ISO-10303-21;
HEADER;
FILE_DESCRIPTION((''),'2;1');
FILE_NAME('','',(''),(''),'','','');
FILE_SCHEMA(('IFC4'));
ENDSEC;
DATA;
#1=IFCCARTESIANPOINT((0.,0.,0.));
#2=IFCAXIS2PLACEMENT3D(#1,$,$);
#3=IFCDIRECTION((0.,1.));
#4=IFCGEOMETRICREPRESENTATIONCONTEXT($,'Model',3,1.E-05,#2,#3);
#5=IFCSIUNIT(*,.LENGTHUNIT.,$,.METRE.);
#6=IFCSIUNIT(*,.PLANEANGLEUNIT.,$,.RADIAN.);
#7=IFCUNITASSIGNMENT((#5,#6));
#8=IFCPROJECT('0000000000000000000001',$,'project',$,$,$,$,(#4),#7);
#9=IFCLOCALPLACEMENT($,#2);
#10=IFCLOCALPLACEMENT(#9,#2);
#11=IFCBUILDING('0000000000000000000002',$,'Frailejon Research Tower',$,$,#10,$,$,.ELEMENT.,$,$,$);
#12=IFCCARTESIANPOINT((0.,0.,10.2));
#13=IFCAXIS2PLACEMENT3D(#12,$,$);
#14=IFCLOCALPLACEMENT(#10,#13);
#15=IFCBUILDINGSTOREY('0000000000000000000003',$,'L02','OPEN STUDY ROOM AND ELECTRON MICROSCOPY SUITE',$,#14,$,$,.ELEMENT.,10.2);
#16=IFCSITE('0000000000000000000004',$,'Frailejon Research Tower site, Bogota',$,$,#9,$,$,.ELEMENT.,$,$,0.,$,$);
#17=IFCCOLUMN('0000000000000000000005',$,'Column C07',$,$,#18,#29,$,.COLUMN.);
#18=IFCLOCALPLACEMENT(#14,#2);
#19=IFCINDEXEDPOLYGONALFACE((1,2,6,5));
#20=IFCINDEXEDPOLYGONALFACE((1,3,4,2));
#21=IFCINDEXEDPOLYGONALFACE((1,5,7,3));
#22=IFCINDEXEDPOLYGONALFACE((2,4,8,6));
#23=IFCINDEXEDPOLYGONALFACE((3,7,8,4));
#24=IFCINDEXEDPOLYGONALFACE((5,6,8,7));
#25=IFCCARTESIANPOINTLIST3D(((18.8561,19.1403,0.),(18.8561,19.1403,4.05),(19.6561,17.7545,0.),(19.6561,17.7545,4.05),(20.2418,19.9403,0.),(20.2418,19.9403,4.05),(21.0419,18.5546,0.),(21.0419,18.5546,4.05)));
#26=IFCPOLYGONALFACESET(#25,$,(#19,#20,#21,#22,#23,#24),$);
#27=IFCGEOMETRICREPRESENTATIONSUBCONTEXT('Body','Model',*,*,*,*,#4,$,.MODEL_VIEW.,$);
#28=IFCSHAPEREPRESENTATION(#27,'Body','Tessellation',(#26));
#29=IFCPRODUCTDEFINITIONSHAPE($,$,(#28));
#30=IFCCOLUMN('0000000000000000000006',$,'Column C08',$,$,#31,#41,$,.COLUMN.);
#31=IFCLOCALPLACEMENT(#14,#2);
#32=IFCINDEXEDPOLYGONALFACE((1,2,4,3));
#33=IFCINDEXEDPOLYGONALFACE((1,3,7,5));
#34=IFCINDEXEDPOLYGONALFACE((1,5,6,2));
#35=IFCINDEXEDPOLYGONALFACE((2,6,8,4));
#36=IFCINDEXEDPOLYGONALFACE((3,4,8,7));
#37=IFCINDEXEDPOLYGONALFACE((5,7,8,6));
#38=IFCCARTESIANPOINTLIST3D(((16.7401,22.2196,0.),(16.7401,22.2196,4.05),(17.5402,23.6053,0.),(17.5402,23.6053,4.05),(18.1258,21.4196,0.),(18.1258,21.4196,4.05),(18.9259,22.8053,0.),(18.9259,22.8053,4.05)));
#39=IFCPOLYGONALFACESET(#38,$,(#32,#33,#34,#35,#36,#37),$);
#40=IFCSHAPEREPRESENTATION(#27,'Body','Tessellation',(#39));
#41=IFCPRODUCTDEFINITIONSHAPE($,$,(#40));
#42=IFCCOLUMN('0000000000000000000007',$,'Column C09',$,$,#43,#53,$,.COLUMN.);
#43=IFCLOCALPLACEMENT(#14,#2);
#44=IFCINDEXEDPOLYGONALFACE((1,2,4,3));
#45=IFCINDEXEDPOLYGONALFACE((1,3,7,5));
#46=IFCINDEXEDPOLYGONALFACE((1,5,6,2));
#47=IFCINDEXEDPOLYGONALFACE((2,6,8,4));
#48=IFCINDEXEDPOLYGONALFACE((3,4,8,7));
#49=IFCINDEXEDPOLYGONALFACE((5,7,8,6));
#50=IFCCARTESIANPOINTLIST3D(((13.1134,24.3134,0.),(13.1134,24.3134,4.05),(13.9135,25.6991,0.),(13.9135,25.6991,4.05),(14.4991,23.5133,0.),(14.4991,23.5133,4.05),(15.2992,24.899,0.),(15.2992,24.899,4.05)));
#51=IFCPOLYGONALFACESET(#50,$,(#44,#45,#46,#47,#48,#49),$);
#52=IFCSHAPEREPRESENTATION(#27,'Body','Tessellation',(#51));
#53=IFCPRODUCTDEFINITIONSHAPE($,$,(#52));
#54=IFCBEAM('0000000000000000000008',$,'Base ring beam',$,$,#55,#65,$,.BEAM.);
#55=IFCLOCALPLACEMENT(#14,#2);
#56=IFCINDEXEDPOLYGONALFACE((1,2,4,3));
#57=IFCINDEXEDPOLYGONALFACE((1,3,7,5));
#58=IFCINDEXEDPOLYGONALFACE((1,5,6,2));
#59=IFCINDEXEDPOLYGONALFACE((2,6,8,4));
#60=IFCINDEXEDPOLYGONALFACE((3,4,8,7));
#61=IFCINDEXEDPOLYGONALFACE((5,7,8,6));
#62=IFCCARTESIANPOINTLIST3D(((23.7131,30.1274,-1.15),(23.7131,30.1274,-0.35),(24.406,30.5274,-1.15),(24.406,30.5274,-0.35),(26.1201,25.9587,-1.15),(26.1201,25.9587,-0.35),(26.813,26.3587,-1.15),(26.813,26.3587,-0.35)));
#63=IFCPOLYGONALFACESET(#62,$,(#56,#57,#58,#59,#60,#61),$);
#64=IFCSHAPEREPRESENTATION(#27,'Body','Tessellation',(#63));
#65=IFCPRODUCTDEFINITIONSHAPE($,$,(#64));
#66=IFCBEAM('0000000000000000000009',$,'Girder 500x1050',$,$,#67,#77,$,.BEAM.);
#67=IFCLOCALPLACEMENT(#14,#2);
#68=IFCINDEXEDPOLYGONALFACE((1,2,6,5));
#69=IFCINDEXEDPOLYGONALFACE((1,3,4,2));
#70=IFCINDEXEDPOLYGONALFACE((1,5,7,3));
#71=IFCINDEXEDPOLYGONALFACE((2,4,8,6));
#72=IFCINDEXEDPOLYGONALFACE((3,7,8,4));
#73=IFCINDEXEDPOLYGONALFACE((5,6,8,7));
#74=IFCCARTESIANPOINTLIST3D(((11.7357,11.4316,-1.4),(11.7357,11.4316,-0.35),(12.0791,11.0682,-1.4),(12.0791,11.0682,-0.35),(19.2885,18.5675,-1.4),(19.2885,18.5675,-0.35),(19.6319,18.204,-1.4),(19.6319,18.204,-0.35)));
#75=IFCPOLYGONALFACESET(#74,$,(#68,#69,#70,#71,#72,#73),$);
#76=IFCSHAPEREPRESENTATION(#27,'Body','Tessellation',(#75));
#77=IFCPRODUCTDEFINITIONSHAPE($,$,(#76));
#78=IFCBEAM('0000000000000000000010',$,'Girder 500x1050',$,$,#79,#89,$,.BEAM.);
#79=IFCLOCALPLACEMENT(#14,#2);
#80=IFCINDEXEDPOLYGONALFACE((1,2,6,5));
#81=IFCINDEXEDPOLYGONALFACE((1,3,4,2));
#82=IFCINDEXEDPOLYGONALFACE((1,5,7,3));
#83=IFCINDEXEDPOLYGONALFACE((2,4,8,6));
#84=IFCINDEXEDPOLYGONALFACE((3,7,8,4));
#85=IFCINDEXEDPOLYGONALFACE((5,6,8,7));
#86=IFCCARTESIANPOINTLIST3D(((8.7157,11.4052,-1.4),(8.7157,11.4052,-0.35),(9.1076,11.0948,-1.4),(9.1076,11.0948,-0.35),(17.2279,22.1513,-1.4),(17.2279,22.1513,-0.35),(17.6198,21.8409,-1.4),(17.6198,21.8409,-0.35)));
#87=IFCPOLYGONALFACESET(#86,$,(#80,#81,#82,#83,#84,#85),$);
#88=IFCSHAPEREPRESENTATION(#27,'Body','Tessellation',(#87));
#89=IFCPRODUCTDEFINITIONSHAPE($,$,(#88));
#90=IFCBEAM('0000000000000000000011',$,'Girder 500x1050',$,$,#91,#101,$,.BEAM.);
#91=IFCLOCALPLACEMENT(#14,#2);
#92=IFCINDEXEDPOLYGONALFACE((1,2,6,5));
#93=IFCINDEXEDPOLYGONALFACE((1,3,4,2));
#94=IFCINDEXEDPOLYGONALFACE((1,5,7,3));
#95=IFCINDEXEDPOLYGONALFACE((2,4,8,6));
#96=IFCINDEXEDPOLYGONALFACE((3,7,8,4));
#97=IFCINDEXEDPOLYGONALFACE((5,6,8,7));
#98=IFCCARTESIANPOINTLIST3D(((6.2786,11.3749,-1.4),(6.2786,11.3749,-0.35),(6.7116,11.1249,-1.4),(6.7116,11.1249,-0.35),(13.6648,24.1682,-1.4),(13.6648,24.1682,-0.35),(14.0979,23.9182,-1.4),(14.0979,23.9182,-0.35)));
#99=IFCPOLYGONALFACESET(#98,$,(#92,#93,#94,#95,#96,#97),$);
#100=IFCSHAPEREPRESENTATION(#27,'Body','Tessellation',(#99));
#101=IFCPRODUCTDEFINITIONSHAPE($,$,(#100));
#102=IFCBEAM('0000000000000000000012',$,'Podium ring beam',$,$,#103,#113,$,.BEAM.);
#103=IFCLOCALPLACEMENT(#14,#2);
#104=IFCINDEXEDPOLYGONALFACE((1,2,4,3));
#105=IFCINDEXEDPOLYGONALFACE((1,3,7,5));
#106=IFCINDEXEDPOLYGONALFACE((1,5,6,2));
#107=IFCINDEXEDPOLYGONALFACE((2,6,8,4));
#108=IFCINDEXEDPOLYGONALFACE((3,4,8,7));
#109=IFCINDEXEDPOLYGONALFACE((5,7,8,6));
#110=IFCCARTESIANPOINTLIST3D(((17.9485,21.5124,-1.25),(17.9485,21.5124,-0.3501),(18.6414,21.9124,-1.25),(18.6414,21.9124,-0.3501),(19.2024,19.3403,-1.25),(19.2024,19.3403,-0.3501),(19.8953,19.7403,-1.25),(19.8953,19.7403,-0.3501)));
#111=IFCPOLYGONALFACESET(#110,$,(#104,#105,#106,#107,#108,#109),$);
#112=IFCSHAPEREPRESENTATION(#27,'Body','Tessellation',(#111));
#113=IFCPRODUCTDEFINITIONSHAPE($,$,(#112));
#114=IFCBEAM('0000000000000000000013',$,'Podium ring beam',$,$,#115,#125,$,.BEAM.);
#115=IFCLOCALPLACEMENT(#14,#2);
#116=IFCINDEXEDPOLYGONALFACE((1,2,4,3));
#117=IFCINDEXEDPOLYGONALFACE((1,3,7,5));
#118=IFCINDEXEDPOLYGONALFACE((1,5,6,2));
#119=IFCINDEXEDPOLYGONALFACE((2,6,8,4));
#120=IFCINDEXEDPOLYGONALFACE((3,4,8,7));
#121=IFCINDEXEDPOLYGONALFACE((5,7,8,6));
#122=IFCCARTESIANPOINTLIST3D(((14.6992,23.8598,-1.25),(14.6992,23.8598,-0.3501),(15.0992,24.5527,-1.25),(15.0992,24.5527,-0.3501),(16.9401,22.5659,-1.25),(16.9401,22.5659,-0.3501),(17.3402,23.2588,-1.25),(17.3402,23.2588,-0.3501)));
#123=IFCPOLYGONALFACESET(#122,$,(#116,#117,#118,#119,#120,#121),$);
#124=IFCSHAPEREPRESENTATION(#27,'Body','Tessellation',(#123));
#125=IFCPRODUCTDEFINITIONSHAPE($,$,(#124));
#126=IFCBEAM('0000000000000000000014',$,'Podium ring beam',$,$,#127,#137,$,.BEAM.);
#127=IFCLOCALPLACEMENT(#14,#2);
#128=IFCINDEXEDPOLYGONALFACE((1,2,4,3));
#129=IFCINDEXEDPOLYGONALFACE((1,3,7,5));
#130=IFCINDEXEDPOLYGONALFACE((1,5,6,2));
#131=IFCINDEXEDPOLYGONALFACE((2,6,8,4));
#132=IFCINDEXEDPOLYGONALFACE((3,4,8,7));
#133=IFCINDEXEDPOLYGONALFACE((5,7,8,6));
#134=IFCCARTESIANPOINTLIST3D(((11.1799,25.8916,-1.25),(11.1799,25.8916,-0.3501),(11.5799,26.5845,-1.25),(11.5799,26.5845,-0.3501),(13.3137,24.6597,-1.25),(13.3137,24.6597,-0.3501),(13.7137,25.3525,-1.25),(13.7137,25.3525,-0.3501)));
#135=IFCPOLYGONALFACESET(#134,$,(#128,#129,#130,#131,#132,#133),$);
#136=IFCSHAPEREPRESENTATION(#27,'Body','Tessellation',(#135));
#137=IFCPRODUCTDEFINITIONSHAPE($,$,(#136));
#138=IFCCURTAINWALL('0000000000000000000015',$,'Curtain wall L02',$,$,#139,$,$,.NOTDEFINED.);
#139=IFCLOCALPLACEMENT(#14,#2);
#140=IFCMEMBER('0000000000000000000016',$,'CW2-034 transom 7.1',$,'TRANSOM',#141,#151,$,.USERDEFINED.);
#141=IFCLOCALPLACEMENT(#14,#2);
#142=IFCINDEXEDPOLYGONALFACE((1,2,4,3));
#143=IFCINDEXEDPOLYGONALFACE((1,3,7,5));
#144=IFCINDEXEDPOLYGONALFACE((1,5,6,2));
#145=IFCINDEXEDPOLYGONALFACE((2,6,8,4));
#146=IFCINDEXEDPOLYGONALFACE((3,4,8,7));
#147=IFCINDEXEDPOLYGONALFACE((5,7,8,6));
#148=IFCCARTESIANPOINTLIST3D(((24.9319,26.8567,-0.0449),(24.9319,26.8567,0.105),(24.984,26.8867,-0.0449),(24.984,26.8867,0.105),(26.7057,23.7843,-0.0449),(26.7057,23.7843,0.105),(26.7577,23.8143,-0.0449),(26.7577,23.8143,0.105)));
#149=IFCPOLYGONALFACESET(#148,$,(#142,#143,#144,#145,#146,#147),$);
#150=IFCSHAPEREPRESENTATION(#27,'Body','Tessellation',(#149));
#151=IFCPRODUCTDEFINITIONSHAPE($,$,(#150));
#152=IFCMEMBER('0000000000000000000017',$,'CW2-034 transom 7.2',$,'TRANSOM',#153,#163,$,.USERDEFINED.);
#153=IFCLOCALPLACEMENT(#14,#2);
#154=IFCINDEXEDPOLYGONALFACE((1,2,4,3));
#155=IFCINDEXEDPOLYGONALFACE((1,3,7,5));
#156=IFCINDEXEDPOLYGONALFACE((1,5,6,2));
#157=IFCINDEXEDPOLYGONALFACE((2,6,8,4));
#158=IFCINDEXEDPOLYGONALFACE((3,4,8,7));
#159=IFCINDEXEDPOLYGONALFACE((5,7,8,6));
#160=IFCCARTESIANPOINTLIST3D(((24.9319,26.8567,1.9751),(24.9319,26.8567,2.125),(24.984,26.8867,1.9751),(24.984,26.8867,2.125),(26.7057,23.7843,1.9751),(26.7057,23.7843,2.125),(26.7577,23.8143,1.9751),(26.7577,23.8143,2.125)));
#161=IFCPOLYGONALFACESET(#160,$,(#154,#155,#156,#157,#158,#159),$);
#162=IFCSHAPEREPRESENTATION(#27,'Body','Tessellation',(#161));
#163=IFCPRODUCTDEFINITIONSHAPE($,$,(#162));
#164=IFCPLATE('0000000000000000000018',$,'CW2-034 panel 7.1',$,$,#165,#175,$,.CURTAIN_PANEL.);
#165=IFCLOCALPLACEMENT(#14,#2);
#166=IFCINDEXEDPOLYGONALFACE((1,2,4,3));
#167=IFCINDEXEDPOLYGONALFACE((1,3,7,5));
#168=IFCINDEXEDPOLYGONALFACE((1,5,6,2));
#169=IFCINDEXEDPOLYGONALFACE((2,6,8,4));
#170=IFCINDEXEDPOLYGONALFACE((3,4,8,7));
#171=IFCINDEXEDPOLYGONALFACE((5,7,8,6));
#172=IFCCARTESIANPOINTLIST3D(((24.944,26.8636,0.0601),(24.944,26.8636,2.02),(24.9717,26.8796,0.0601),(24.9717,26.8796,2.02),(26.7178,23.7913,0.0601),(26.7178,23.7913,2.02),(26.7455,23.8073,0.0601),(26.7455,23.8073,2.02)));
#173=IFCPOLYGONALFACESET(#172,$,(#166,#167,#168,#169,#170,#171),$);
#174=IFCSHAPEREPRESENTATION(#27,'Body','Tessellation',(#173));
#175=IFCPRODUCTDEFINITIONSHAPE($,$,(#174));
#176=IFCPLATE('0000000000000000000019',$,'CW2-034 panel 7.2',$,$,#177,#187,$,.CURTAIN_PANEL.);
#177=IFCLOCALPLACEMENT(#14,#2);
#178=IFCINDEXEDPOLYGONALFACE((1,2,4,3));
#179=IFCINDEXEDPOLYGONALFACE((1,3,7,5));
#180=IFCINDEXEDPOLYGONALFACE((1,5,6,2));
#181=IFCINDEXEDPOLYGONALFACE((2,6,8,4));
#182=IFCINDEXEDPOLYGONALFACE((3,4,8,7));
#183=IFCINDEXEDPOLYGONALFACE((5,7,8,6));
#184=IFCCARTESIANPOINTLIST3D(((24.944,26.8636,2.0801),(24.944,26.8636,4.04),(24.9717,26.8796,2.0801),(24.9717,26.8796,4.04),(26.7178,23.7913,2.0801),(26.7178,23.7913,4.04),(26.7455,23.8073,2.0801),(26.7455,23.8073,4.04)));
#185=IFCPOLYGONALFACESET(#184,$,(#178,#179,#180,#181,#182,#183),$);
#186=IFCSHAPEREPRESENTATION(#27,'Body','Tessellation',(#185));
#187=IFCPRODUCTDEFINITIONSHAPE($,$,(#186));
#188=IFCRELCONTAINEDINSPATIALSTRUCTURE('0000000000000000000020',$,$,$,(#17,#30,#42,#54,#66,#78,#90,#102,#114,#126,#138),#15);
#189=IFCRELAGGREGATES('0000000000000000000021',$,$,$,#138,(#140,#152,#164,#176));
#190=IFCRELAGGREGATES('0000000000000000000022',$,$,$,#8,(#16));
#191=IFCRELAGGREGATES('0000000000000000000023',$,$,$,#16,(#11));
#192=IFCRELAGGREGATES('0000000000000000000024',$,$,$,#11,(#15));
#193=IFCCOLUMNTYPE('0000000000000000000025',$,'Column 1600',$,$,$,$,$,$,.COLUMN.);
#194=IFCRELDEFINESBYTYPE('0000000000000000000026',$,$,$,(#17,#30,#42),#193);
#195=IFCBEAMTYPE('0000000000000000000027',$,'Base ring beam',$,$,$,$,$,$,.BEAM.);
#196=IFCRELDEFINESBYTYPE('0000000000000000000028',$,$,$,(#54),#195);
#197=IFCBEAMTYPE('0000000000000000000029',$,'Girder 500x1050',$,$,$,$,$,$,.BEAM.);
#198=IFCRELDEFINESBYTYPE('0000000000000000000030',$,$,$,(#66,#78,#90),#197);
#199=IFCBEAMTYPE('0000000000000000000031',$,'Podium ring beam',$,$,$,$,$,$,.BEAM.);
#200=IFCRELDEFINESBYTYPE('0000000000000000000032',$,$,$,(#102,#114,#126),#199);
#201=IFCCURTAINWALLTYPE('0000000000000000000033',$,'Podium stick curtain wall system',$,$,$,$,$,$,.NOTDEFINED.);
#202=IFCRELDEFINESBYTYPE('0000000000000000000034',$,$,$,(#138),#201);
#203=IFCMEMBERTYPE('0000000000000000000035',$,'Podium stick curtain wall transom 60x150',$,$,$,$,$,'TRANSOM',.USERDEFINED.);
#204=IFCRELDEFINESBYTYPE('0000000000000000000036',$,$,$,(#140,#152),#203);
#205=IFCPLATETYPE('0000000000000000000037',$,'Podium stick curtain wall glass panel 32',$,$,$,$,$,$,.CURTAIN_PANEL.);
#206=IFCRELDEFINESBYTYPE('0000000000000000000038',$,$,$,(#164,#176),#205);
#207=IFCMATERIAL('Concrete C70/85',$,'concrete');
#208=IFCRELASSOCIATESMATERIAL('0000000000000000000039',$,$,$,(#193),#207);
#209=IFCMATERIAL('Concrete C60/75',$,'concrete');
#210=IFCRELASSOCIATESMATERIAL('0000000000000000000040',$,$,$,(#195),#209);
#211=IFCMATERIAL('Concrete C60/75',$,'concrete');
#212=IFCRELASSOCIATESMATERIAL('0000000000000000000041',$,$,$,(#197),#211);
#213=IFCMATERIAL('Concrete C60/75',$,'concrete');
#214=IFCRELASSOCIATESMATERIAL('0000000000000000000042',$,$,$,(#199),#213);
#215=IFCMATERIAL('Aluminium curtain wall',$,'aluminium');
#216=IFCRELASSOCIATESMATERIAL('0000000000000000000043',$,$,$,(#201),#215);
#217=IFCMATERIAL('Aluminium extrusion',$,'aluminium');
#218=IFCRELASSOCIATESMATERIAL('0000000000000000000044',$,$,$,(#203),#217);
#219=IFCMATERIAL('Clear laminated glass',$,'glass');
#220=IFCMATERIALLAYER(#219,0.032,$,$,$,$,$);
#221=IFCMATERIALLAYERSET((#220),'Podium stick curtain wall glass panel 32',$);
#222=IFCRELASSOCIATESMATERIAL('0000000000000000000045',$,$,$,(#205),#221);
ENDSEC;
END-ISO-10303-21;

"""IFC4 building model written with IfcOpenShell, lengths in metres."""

from ifc_helpers import new_model, si_unit, direction, frame, origin, origin_2d, place, context, subcontext, project, spatial, rectangle, extrude, material, layer, layer_set, material_profile, profile_set, type_object, element, aggregate, save


model = new_model("IFC4")

# Units and contexts
model_context = context("Model", 3, precision=1e-05, world=origin(), true_north=direction((0.0, 1.0)))
body_context = subcontext(model_context, "Body", "Model", "MODEL_VIEW")
ifc_project = project(units=[si_unit("LENGTHUNIT", "METRE"), si_unit("PLANEANGLEUNIT", "RADIAN")], contexts=[model_context])

# Site, building, storey
site_placement = place(None, origin())
site = spatial("IfcSite", under=ifc_project, at=site_placement, Name="Frailejon Research Tower site, Bogota", CompositionType="ELEMENT", RefElevation=0.0)
building_placement = place(site_placement, origin())
building = spatial("IfcBuilding", under=site, at=building_placement, Name="Frailejon Research Tower", CompositionType="ELEMENT")
storey_placement = place(building_placement, frame((0.0, 0.0, 10.2)))
storey = spatial("IfcBuildingStorey", under=building, at=storey_placement, Name="L02", Description="OPEN STUDY ROOM AND ELECTRON MICROSCOPY SUITE", CompositionType="ELEMENT", Elevation=10.2)

# Columns
ifc_material_1 = material(Name="Concrete C70/85", Category="concrete")
ifc_material_profile_1 = material_profile(ifc_material_1, rectangle(XDim=1.6001, YDim=1.6001, at=origin_2d()), Name="Column 1600")
ifc_profile_set_1 = profile_set([ifc_material_profile_1], Name="Concrete C70/85")
column_type = type_object("IfcColumnType", Name="Column 1600", PredefinedType="COLUMN", material=ifc_profile_set_1)
for number, where, z_axis, x_axis, name in (
    (1, (19.949, 18.8474, 0.0), (0.0, 0.0, 1.0), (-0.5, 0.866025, 0.0), "Column C07"),
    (2, (17.833, 22.5125, 0.0), (0.0, 0.0, 1.0), (-0.866025, 0.5, 0.0), "Column C08"),
    (3, (14.2063, 24.6062, 0.0), (0.0, 0.0, 1.0), (-0.866025, 0.5, 0.0), "Column C09"),
):
    element("IfcColumn", number, at=place(storey_placement, frame(where, z_axis=z_axis, x_axis=x_axis)), inside=storey, type_object=column_type, Name=name, PredefinedType="COLUMN", context=body_context, shape_type="SweptSolid", body=[
        extrude(rectangle(XDim=1.6001, YDim=1.6001, at=origin_2d()), origin(), (0.0, 0.0, 1.0), 4.05),
    ])

# Beams
ifc_material_2 = material(Name="Concrete C60/75", Category="concrete")
ifc_material_profile_2 = material_profile(ifc_material_2, rectangle(XDim=0.8, YDim=0.8, at=origin_2d()), Name="Base ring beam")
ifc_profile_set_2 = profile_set([ifc_material_profile_2], Name="Concrete C60/75")
beam_type_1 = type_object("IfcBeamType", Name="Base ring beam", PredefinedType="BEAM", material=ifc_profile_set_2)
beam_1_placement = place(storey_placement, frame((26.4666, 26.1587, -0.75), z_axis=(-0.500028, 0.866009, 0.0), x_axis=(-0.866009, -0.500028, 0.0)))
element("IfcBeam", 4, at=beam_1_placement, inside=storey, type_object=beam_type_1, Name="Base ring beam", PredefinedType="BEAM", context=body_context, shape_type="SweptSolid", body=[
    extrude(rectangle(XDim=0.8, YDim=0.8, at=origin_2d()), origin(), (0.0, 0.0, 1.0), 4.8137),
])
ifc_material_3 = material(Name="Concrete C60/75", Category="concrete")
ifc_material_profile_3 = material_profile(ifc_material_3, rectangle(XDim=0.5, YDim=1.05, at=origin_2d()), Name="Girder 500x1050")
ifc_profile_set_3 = profile_set([ifc_material_profile_3], Name="Concrete C60/75")
beam_type_2 = type_object("IfcBeamType", Name="Girder 500x1050", PredefinedType="BEAM", material=ifc_profile_set_3)
beam_2_placement = place(storey_placement, frame((19.4602, 18.3857, -0.875), z_axis=(-0.726888, -0.686756, 0.0), x_axis=(0.686756, -0.726888, 0.0)))
element("IfcBeam", 5, at=beam_2_placement, inside=storey, type_object=beam_type_2, Name="Girder 500x1050", PredefinedType="BEAM", context=body_context, shape_type="SweptSolid", body=[
    extrude(rectangle(XDim=0.5, YDim=1.05, at=origin_2d()), origin(), (0.0, 0.0, 1.0), 10.3906),
])
beam_3_placement = place(storey_placement, frame((17.4238, 21.9961, -0.875), z_axis=(-0.620922, -0.783872, 0.0), x_axis=(0.783872, -0.620922, 0.0)))
element("IfcBeam", 6, at=beam_3_placement, inside=storey, type_object=beam_type_2, Name="Girder 500x1050", PredefinedType="BEAM", context=body_context, shape_type="SweptSolid", body=[
    extrude(rectangle(XDim=0.5, YDim=1.05, at=origin_2d()), origin(), (0.0, 0.0, 1.0), 13.709),
])
beam_4_placement = place(storey_placement, frame((13.8813, 24.0432, -0.875), z_axis=(-0.500003, -0.866023, 0.0), x_axis=(0.866023, -0.500003, 0.0)))
element("IfcBeam", 7, at=beam_4_placement, inside=storey, type_object=beam_type_2, Name="Girder 500x1050", PredefinedType="BEAM", context=body_context, shape_type="SweptSolid", body=[
    extrude(rectangle(XDim=0.5, YDim=1.05, at=origin_2d()), origin(), (0.0, 0.0, 1.0), 14.7725),
])
ifc_material_4 = material(Name="Concrete C60/75", Category="concrete")
ifc_material_profile_4 = material_profile(ifc_material_4, rectangle(XDim=0.8, YDim=0.8999, at=origin_2d()), Name="Podium ring beam")
ifc_profile_set_4 = profile_set([ifc_material_profile_4], Name="Concrete C60/75")
beam_type_3 = type_object("IfcBeamType", Name="Podium ring beam", PredefinedType="BEAM", material=ifc_profile_set_4)
beam_5_placement = place(storey_placement, frame((19.5488, 19.5403, -0.8), z_axis=(-0.49995, 0.866054, 0.0), x_axis=(-0.866054, -0.49995, 0.0)))
element("IfcBeam", 8, at=beam_5_placement, inside=storey, type_object=beam_type_3, Name="Podium ring beam", PredefinedType="BEAM", context=body_context, shape_type="SweptSolid", body=[
    extrude(rectangle(XDim=0.8, YDim=0.8999, at=origin_2d()), origin(), (0.0, 0.0, 1.0), 2.5081),
])
beam_6_placement = place(storey_placement, frame((17.1401, 22.9124, -0.8), z_axis=(-0.866005, 0.500036, 0.0), x_axis=(-0.500036, -0.866005, 0.0)))
element("IfcBeam", 9, at=beam_6_placement, inside=storey, type_object=beam_type_3, Name="Podium ring beam", PredefinedType="BEAM", context=body_context, shape_type="SweptSolid", body=[
    extrude(rectangle(XDim=0.8, YDim=0.8999, at=origin_2d()), origin(), (0.0, 0.0, 1.0), 2.5876),
])
beam_7_placement = place(storey_placement, frame((13.5137, 25.0061, -0.8), z_axis=(-0.866027, 0.499997, 0.0), x_axis=(-0.499997, -0.866027, 0.0)))
element("IfcBeam", 10, at=beam_7_placement, inside=storey, type_object=beam_type_3, Name="Podium ring beam", PredefinedType="BEAM", context=body_context, shape_type="SweptSolid", body=[
    extrude(rectangle(XDim=0.8, YDim=0.8999, at=origin_2d()), origin(), (0.0, 0.0, 1.0), 2.4639),
])

# Curtain wall, members, plates
ifc_material_5 = material(Name="Aluminium curtain wall", Category="aluminium")
curtain_wall_type = type_object("IfcCurtainWallType", Name="Podium stick curtain wall system", PredefinedType="NOTDEFINED", material=ifc_material_5)
curtain_wall_placement = place(storey_placement, origin())
curtain_wall = element("IfcCurtainWall", 11, at=curtain_wall_placement, inside=storey, type_object=curtain_wall_type, Name="Curtain wall L02", PredefinedType="NOTDEFINED")
ifc_material_6 = material(Name="Aluminium extrusion", Category="aluminium")
ifc_material_profile_5 = material_profile(ifc_material_6, rectangle(XDim=0.0601, YDim=0.1499, at=origin_2d()), Name="Podium stick curtain wall transom 60x150")
ifc_profile_set_5 = profile_set([ifc_material_profile_5], Name="Aluminium extrusion")
member_type = type_object("IfcMemberType", Name="Podium stick curtain wall transom 60x150", ElementType="TRANSOM", PredefinedType="USERDEFINED", material=ifc_profile_set_5)
member_1_placement = place(storey_placement, frame((26.7317, 23.7993, 0.03), z_axis=(-0.499981, 0.866037, 0.0), x_axis=(-0.866037, -0.499981, 0.0)))
member_1 = element("IfcMember", 12, at=member_1_placement, type_object=member_type, Name="CW2-034 transom 7.1", ObjectType="TRANSOM", PredefinedType="USERDEFINED", context=body_context, shape_type="SweptSolid", body=[
    extrude(rectangle(XDim=0.0601, YDim=0.1499, at=origin_2d()), origin(), (0.0, 0.0, 1.0), 3.5476),
])
member_2_placement = place(storey_placement, frame((26.7317, 23.7993, 2.05), z_axis=(-0.499981, 0.866037, 0.0), x_axis=(-0.866037, -0.499981, 0.0)))
member_2 = element("IfcMember", 13, at=member_2_placement, type_object=member_type, Name="CW2-034 transom 7.2", ObjectType="TRANSOM", PredefinedType="USERDEFINED", context=body_context, shape_type="SweptSolid", body=[
    extrude(rectangle(XDim=0.0601, YDim=0.1499, at=origin_2d()), origin(), (0.0, 0.0, 1.0), 3.5476),
])
ifc_material_7 = material(Name="Clear laminated glass", Category="glass")
ifc_layer_1 = layer(ifc_material_7, 0.032)
ifc_layer_set_1 = layer_set([ifc_layer_1], Name="Podium stick curtain wall glass panel 32")
plate_type = type_object("IfcPlateType", Name="Podium stick curtain wall glass panel 32", PredefinedType="CURTAIN_PANEL", material=ifc_layer_set_1)
plate_1_placement = place(storey_placement, frame((25.8447, 25.3354, 0.0601), z_axis=(0.0, 0.0, 1.0), x_axis=(-0.499998, 0.866026, 0.0)))
plate_1 = element("IfcPlate", 14, at=plate_1_placement, type_object=plate_type, Name="CW2-034 panel 7.1", PredefinedType="CURTAIN_PANEL", context=body_context, shape_type="SweptSolid", body=[
    extrude(rectangle(XDim=3.5476, YDim=0.032, at=origin_2d()), origin(), (0.0, 0.0, 1.0), 1.96),
])
plate_2_placement = place(storey_placement, frame((25.8447, 25.3354, 2.0801), z_axis=(0.0, 0.0, 1.0), x_axis=(-0.499998, 0.866026, 0.0)))
plate_2 = element("IfcPlate", 15, at=plate_2_placement, type_object=plate_type, Name="CW2-034 panel 7.2", PredefinedType="CURTAIN_PANEL", context=body_context, shape_type="SweptSolid", body=[
    extrude(rectangle(XDim=3.5476, YDim=0.032, at=origin_2d()), origin(), (0.0, 0.0, 1.0), 1.96),
])
aggregate(curtain_wall, [member_1, member_2, plate_1, plate_2])

save(model, "model.ifc")
